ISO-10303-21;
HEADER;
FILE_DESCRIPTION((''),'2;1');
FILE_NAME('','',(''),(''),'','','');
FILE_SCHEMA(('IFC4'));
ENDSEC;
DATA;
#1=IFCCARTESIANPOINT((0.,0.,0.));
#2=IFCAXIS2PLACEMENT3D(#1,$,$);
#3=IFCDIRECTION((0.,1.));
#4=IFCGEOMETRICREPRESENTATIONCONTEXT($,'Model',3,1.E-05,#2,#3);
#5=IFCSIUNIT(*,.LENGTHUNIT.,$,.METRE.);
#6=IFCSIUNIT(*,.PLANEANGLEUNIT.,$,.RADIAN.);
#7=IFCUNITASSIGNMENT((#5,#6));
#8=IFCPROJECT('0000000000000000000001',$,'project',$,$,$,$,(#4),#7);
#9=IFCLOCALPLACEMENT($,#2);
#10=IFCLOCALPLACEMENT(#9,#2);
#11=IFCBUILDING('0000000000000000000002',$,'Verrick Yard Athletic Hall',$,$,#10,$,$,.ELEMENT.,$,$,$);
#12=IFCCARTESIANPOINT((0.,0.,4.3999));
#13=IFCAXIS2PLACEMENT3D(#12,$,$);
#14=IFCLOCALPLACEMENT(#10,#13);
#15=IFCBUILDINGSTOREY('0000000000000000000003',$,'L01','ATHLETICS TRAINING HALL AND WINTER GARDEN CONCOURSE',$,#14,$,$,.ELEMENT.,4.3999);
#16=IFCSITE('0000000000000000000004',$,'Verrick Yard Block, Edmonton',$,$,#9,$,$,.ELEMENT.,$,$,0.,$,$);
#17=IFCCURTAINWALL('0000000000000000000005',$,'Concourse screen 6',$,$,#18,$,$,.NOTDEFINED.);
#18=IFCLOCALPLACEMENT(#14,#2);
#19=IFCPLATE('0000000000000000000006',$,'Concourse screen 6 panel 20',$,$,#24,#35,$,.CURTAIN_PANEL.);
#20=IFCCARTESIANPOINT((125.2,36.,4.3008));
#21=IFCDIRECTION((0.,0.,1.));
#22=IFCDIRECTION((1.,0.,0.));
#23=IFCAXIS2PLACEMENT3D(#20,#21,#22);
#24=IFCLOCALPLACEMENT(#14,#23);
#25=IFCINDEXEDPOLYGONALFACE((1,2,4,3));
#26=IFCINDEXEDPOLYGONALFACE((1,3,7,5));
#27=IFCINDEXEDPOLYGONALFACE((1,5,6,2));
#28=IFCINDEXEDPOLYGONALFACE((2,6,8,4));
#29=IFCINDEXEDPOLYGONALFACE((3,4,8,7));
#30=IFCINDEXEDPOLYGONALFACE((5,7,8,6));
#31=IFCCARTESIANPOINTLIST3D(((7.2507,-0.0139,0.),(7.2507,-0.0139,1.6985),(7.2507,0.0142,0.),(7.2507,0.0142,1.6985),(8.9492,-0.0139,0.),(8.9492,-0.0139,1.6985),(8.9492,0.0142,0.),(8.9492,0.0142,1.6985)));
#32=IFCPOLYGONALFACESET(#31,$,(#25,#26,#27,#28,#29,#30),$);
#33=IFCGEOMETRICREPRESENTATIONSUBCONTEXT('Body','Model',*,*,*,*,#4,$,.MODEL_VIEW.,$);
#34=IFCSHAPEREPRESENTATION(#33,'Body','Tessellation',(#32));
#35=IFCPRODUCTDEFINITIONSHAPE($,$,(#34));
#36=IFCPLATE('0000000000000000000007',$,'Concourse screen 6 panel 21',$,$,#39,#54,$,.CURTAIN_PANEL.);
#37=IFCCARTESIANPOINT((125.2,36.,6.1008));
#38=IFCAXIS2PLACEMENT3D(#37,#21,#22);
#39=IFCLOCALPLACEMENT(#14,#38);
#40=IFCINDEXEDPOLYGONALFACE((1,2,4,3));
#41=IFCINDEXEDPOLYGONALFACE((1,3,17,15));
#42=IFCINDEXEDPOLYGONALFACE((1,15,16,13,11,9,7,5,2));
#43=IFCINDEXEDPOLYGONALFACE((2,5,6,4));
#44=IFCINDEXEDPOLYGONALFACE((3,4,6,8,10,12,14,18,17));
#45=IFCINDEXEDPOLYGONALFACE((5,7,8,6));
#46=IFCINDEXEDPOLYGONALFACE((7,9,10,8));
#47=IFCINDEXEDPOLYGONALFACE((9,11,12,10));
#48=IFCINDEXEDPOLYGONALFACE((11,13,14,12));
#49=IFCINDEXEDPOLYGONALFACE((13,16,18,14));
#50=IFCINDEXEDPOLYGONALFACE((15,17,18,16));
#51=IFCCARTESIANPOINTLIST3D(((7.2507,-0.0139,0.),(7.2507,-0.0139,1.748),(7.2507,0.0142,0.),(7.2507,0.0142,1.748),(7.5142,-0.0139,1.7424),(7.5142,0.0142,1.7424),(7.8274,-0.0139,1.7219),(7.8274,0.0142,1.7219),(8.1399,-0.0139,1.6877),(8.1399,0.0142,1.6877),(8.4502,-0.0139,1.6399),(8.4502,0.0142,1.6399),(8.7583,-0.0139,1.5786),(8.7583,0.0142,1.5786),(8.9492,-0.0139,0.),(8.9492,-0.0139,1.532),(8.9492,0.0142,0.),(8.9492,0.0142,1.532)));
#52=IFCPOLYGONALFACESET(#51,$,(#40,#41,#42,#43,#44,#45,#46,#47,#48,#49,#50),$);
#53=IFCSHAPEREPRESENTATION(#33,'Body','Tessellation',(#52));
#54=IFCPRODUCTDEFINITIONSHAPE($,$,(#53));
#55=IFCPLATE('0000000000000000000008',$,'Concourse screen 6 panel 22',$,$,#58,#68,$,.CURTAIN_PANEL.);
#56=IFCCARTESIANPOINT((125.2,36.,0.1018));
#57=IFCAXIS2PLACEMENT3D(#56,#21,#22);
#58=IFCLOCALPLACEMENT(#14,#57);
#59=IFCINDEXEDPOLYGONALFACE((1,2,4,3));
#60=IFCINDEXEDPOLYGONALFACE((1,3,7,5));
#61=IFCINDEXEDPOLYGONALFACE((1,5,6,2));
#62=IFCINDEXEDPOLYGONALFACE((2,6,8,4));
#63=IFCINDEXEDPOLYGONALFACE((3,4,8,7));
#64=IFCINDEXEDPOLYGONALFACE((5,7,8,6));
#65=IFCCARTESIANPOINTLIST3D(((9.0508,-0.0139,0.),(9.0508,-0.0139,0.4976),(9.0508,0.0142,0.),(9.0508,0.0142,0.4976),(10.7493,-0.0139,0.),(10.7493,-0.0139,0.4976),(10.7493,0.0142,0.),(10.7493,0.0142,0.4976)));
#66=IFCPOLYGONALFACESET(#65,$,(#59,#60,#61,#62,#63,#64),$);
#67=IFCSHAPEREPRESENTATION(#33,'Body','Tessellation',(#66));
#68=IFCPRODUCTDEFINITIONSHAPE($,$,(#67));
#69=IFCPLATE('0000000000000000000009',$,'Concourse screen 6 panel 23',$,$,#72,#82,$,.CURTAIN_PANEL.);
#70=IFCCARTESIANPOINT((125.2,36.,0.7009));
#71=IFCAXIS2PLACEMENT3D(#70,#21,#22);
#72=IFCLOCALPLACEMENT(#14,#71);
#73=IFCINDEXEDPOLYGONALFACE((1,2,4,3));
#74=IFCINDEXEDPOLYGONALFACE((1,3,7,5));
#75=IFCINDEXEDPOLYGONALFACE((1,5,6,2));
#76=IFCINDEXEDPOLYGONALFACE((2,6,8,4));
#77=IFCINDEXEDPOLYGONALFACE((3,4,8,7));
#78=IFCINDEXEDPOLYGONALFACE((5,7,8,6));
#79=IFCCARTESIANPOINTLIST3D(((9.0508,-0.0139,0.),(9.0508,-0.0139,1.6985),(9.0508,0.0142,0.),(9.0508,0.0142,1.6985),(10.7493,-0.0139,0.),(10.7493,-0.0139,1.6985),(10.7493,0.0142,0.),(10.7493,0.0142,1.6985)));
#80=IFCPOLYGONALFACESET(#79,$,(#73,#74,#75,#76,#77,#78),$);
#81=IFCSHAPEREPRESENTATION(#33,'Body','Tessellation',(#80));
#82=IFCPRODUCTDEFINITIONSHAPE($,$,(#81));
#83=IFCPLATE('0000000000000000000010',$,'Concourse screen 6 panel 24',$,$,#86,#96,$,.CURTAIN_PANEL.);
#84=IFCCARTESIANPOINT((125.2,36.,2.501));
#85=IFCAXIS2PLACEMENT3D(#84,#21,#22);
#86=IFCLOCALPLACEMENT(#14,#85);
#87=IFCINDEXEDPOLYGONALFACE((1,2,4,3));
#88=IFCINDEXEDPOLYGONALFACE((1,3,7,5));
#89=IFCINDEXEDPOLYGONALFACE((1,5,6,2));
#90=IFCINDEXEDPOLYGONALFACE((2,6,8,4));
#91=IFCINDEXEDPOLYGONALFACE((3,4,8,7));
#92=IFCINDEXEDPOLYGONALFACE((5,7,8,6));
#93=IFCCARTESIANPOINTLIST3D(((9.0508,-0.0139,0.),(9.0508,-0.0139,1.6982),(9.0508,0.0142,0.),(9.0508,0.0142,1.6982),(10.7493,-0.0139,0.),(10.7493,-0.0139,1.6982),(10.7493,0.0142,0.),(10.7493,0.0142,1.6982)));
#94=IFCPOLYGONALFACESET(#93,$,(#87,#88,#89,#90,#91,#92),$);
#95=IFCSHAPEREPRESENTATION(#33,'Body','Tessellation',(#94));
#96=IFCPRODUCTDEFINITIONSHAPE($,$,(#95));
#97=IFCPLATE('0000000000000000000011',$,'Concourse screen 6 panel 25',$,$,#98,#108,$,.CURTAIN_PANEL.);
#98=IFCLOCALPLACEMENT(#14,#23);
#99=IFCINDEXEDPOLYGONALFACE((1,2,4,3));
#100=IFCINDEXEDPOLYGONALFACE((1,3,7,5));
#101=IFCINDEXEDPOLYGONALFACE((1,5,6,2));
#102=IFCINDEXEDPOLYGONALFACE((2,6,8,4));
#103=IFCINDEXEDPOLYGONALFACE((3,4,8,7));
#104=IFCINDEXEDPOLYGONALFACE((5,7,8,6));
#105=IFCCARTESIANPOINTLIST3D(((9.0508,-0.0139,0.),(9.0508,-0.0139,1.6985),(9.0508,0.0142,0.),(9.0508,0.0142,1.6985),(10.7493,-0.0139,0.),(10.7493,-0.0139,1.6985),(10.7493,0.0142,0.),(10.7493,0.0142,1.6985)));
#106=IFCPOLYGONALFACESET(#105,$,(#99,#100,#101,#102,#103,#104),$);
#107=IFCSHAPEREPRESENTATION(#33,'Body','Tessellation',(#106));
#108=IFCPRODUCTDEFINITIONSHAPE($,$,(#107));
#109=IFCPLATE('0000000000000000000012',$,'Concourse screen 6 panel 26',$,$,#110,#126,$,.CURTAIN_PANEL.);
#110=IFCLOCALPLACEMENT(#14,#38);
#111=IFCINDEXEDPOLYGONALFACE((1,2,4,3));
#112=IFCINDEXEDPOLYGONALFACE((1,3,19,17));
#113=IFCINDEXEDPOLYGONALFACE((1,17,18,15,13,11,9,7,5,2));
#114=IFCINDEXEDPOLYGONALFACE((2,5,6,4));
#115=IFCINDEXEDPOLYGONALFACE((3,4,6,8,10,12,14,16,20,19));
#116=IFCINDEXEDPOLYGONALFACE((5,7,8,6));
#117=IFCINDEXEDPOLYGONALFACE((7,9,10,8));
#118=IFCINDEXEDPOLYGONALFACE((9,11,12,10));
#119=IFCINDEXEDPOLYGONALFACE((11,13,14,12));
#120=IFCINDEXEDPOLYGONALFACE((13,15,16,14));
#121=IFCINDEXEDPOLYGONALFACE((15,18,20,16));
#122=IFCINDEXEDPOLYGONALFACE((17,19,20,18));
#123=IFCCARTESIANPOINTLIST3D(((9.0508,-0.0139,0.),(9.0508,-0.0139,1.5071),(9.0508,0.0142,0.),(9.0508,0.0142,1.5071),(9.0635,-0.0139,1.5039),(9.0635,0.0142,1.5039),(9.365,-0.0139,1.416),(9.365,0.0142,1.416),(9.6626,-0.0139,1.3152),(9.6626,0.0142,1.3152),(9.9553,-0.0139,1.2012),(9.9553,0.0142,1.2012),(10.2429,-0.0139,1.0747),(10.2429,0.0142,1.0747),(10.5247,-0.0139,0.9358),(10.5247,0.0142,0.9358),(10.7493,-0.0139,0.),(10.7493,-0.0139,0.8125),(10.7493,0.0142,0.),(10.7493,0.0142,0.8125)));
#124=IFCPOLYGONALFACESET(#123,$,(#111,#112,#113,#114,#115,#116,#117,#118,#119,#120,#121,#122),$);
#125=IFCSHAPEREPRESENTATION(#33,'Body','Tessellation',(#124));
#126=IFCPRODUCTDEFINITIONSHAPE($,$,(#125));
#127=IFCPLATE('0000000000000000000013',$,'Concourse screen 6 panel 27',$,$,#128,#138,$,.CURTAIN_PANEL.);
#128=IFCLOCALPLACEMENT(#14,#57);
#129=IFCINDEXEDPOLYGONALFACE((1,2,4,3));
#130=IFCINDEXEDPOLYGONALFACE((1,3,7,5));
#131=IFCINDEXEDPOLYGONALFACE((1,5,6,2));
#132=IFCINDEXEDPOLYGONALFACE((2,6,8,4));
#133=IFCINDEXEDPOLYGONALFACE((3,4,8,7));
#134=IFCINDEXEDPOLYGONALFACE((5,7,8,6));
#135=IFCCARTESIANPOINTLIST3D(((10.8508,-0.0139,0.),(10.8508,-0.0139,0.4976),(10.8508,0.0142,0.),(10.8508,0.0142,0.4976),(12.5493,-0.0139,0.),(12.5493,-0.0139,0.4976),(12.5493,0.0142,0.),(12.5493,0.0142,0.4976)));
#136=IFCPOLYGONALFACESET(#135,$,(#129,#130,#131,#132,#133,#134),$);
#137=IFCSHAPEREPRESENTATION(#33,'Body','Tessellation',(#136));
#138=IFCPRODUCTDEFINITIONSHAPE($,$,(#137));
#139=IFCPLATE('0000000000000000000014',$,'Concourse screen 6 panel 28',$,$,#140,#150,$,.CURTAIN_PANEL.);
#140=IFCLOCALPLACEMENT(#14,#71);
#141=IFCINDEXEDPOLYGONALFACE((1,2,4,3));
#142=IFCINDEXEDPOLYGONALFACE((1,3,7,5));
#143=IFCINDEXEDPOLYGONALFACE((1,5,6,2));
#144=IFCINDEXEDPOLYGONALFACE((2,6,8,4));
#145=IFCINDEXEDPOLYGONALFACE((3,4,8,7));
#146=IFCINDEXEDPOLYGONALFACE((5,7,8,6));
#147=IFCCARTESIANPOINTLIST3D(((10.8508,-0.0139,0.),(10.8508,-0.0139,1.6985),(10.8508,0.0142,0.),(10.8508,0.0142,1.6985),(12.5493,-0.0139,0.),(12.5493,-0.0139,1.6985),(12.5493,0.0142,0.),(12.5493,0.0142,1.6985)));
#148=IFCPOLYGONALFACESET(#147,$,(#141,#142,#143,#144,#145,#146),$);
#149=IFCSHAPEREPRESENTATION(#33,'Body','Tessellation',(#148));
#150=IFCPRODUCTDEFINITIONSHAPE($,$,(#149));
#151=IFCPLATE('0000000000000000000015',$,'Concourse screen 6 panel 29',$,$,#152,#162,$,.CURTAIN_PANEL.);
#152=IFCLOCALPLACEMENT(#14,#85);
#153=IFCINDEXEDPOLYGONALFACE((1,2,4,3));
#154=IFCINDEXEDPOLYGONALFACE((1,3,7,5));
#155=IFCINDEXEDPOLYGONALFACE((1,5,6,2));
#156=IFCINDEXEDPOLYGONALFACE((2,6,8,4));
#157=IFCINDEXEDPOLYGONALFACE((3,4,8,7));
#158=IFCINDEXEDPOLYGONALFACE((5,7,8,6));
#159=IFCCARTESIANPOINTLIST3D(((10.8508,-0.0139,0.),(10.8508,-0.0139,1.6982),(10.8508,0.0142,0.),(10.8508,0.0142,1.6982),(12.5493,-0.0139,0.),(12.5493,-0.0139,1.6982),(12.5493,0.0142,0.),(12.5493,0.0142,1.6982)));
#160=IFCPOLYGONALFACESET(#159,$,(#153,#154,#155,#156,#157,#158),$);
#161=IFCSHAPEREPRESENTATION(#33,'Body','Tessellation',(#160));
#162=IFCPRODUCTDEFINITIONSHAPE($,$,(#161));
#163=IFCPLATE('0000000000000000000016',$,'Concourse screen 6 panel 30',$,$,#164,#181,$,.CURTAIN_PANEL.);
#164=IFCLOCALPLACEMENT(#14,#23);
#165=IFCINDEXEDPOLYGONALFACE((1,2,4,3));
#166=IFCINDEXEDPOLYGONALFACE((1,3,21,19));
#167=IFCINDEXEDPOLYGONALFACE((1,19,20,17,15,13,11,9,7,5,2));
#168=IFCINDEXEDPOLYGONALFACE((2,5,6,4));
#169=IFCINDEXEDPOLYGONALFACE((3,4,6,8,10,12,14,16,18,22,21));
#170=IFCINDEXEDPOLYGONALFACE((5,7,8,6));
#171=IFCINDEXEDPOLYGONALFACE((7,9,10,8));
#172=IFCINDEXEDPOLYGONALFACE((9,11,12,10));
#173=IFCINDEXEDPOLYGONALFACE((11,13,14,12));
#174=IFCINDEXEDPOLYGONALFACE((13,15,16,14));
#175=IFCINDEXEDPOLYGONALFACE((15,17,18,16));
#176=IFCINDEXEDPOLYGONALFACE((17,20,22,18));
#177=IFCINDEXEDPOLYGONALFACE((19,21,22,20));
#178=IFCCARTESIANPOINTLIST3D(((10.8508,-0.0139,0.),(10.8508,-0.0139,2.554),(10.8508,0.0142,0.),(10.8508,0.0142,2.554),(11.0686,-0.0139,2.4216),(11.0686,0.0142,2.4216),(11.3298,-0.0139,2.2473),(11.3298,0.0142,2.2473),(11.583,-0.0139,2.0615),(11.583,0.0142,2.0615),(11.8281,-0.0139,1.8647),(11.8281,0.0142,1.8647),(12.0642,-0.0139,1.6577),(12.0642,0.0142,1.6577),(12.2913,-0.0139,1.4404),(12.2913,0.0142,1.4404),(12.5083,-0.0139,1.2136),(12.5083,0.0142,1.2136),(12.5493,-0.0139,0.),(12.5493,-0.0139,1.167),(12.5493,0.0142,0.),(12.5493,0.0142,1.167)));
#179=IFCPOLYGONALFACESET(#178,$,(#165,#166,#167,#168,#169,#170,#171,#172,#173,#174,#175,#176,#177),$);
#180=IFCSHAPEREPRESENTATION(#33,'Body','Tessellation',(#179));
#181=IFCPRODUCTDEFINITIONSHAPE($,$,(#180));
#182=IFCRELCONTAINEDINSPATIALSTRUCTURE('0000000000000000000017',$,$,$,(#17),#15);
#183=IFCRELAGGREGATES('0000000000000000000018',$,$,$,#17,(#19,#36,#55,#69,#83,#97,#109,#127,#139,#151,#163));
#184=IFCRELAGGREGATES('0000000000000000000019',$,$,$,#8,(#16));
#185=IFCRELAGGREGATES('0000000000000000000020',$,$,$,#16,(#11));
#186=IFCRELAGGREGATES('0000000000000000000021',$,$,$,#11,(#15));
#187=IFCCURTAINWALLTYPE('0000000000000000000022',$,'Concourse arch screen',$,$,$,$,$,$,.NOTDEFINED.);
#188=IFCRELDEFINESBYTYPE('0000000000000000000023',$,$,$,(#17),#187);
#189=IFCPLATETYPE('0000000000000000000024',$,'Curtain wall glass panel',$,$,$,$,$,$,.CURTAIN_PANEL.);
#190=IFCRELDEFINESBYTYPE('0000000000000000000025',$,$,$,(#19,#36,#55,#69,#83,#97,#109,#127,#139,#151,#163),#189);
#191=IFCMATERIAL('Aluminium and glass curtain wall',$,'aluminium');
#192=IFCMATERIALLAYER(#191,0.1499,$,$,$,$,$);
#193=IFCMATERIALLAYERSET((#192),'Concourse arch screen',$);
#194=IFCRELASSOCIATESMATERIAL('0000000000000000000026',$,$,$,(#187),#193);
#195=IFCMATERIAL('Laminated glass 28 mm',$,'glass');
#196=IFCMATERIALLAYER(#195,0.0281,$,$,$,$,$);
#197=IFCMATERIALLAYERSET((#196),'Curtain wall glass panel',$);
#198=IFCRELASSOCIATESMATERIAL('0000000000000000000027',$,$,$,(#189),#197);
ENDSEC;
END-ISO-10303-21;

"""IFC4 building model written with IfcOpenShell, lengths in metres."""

from ifc_helpers import new_model, si_unit, direction, frame, origin, place, context, subcontext, project, spatial, polyline, outline, extrude, material, layer, layer_set, type_object, element, aggregate, save


model = new_model("IFC4")

# Units and contexts
model_context = context("Model", 3, precision=1e-05, world=origin(), true_north=direction((0.0, 1.0)))
body_context = subcontext(model_context, "Body", "Model", "MODEL_VIEW")
ifc_project = project(units=[si_unit("LENGTHUNIT", "METRE"), si_unit("PLANEANGLEUNIT", "RADIAN")], contexts=[model_context])

# Site, building, storey
site_placement = place(None, origin())
site = spatial("IfcSite", under=ifc_project, at=site_placement, Name="Verrick Yard Block, Edmonton", CompositionType="ELEMENT", RefElevation=0.0)
building_placement = place(site_placement, origin())
building = spatial("IfcBuilding", under=site, at=building_placement, Name="Verrick Yard Athletic Hall", CompositionType="ELEMENT")
storey_placement = place(building_placement, frame((0.0, 0.0, 4.3999)))
storey = spatial("IfcBuildingStorey", under=building, at=storey_placement, Name="L01", Description="ATHLETICS TRAINING HALL AND WINTER GARDEN CONCOURSE", CompositionType="ELEMENT", Elevation=4.3999)

# Curtain wall, plates
ifc_material_1 = material(Name="Aluminium and glass curtain wall", Category="aluminium")
ifc_layer_1 = layer(ifc_material_1, 0.1499)
ifc_layer_set_1 = layer_set([ifc_layer_1], Name="Concourse arch screen")
curtain_wall_type = type_object("IfcCurtainWallType", Name="Concourse arch screen", PredefinedType="NOTDEFINED", material=ifc_layer_set_1)
curtain_wall_placement = place(storey_placement, origin())
curtain_wall = element("IfcCurtainWall", 1, at=curtain_wall_placement, inside=storey, type_object=curtain_wall_type, Name="Concourse screen 6", PredefinedType="NOTDEFINED")
ifc_material_2 = material(Name="Laminated glass 28 mm", Category="glass")
ifc_layer_2 = layer(ifc_material_2, 0.0281)
ifc_layer_set_2 = layer_set([ifc_layer_2], Name="Curtain wall glass panel")
plate_type = type_object("IfcPlateType", Name="Curtain wall glass panel", PredefinedType="CURTAIN_PANEL", material=ifc_layer_set_2)
plate_1_placement = place(storey_placement, frame((125.2, 36.0, 4.3008), z_axis=(0.0, 0.0, 1.0), x_axis=(1.0, 0.0, 0.0)))
plate_1 = element("IfcPlate", 2, at=plate_1_placement, type_object=plate_type, Name="Concourse screen 6 panel 20", PredefinedType="CURTAIN_PANEL", context=body_context, shape_type="SweptSolid", body=[
    extrude(outline(polyline([(8.9492, 0.0), (8.9492, 1.6985), (7.2507, 1.6985), (7.2507, 0.0), (8.9492, 0.0)])), frame((0.0, 0.0142, 0.0), z_axis=(0.0, -1.0, 0.0), x_axis=(1.0, 0.0, 0.0)), (0.0, 0.0, 1.0), 0.0281),
])
plate_2_placement = place(storey_placement, frame((125.2, 36.0, 6.1008), z_axis=(0.0, 0.0, 1.0), x_axis=(1.0, 0.0, 0.0)))
plate_2 = element("IfcPlate", 3, at=plate_2_placement, type_object=plate_type, Name="Concourse screen 6 panel 21", PredefinedType="CURTAIN_PANEL", context=body_context, shape_type="SweptSolid", body=[
    extrude(outline(polyline([(8.9492, 1.532), (8.7583, 1.5786), (8.4502, 1.6399), (8.1399, 1.6877), (7.8274, 1.7219), (7.5142, 1.7424), (7.2507, 1.748), (7.2507, 0.0), (8.9492, 0.0), (8.9492, 1.532)])), frame((0.0, 0.0142, 0.0), z_axis=(0.0, -1.0, 0.0), x_axis=(1.0, 0.0, 0.0)), (0.0, 0.0, 1.0), 0.0281),
])
plate_3_placement = place(storey_placement, frame((125.2, 36.0, 0.1018), z_axis=(0.0, 0.0, 1.0), x_axis=(1.0, 0.0, 0.0)))
plate_3 = element("IfcPlate", 4, at=plate_3_placement, type_object=plate_type, Name="Concourse screen 6 panel 22", PredefinedType="CURTAIN_PANEL", context=body_context, shape_type="SweptSolid", body=[
    extrude(outline(polyline([(10.7493, 0.0), (10.7493, 0.4976), (9.0508, 0.4976), (9.0508, 0.0), (10.7493, 0.0)])), frame((0.0, 0.0142, 0.0), z_axis=(0.0, -1.0, 0.0), x_axis=(1.0, 0.0, 0.0)), (0.0, 0.0, 1.0), 0.0281),
])
plate_4_placement = place(storey_placement, frame((125.2, 36.0, 0.7009), z_axis=(0.0, 0.0, 1.0), x_axis=(1.0, 0.0, 0.0)))
plate_4 = element("IfcPlate", 5, at=plate_4_placement, type_object=plate_type, Name="Concourse screen 6 panel 23", PredefinedType="CURTAIN_PANEL", context=body_context, shape_type="SweptSolid", body=[
    extrude(outline(polyline([(10.7493, 0.0), (10.7493, 1.6985), (9.0508, 1.6985), (9.0508, 0.0), (10.7493, 0.0)])), frame((0.0, 0.0142, 0.0), z_axis=(0.0, -1.0, 0.0), x_axis=(1.0, 0.0, 0.0)), (0.0, 0.0, 1.0), 0.0281),
])
plate_5_placement = place(storey_placement, frame((125.2, 36.0, 2.501), z_axis=(0.0, 0.0, 1.0), x_axis=(1.0, 0.0, 0.0)))
plate_5 = element("IfcPlate", 6, at=plate_5_placement, type_object=plate_type, Name="Concourse screen 6 panel 24", PredefinedType="CURTAIN_PANEL", context=body_context, shape_type="SweptSolid", body=[
    extrude(outline(polyline([(10.7493, 0.0), (10.7493, 1.6982), (9.0508, 1.6982), (9.0508, 0.0), (10.7493, 0.0)])), frame((0.0, 0.0142, 0.0), z_axis=(0.0, -1.0, 0.0), x_axis=(1.0, 0.0, 0.0)), (0.0, 0.0, 1.0), 0.0281),
])
plate_6_placement = place(storey_placement, frame((125.2, 36.0, 4.3008), z_axis=(0.0, 0.0, 1.0), x_axis=(1.0, 0.0, 0.0)))
plate_6 = element("IfcPlate", 7, at=plate_6_placement, type_object=plate_type, Name="Concourse screen 6 panel 25", PredefinedType="CURTAIN_PANEL", context=body_context, shape_type="SweptSolid", body=[
    extrude(outline(polyline([(10.7493, 0.0), (10.7493, 1.6985), (9.0508, 1.6985), (9.0508, 0.0), (10.7493, 0.0)])), frame((0.0, 0.0142, 0.0), z_axis=(0.0, -1.0, 0.0), x_axis=(1.0, 0.0, 0.0)), (0.0, 0.0, 1.0), 0.0281),
])
plate_7_placement = place(storey_placement, frame((125.2, 36.0, 6.1008), z_axis=(0.0, 0.0, 1.0), x_axis=(1.0, 0.0, 0.0)))
plate_7 = element("IfcPlate", 8, at=plate_7_placement, type_object=plate_type, Name="Concourse screen 6 panel 26", PredefinedType="CURTAIN_PANEL", context=body_context, shape_type="SweptSolid", body=[
    extrude(outline(polyline([(10.7493, 0.8125), (10.5247, 0.9358), (10.2429, 1.0747), (9.9553, 1.2012), (9.6626, 1.3152), (9.365, 1.416), (9.0635, 1.5039), (9.0508, 1.5071), (9.0508, 0.0), (10.7493, 0.0), (10.7493, 0.8125)])), frame((0.0, 0.0142, 0.0), z_axis=(0.0, -1.0, 0.0), x_axis=(1.0, 0.0, 0.0)), (0.0, 0.0, 1.0), 0.0281),
])
plate_8_placement = place(storey_placement, frame((125.2, 36.0, 0.1018), z_axis=(0.0, 0.0, 1.0), x_axis=(1.0, 0.0, 0.0)))
plate_8 = element("IfcPlate", 9, at=plate_8_placement, type_object=plate_type, Name="Concourse screen 6 panel 27", PredefinedType="CURTAIN_PANEL", context=body_context, shape_type="SweptSolid", body=[
    extrude(outline(polyline([(12.5493, 0.0), (12.5493, 0.4976), (10.8508, 0.4976), (10.8508, 0.0), (12.5493, 0.0)])), frame((0.0, 0.0142, 0.0), z_axis=(0.0, -1.0, 0.0), x_axis=(1.0, 0.0, 0.0)), (0.0, 0.0, 1.0), 0.0281),
])
plate_9_placement = place(storey_placement, frame((125.2, 36.0, 0.7009), z_axis=(0.0, 0.0, 1.0), x_axis=(1.0, 0.0, 0.0)))
plate_9 = element("IfcPlate", 10, at=plate_9_placement, type_object=plate_type, Name="Concourse screen 6 panel 28", PredefinedType="CURTAIN_PANEL", context=body_context, shape_type="SweptSolid", body=[
    extrude(outline(polyline([(12.5493, 0.0), (12.5493, 1.6985), (10.8508, 1.6985), (10.8508, 0.0), (12.5493, 0.0)])), frame((0.0, 0.0142, 0.0), z_axis=(0.0, -1.0, 0.0), x_axis=(1.0, 0.0, 0.0)), (0.0, 0.0, 1.0), 0.0281),
])
plate_10_placement = place(storey_placement, frame((125.2, 36.0, 2.501), z_axis=(0.0, 0.0, 1.0), x_axis=(1.0, 0.0, 0.0)))
plate_10 = element("IfcPlate", 11, at=plate_10_placement, type_object=plate_type, Name="Concourse screen 6 panel 29", PredefinedType="CURTAIN_PANEL", context=body_context, shape_type="SweptSolid", body=[
    extrude(outline(polyline([(12.5493, 0.0), (12.5493, 1.6982), (10.8508, 1.6982), (10.8508, 0.0), (12.5493, 0.0)])), frame((0.0, 0.0142, 0.0), z_axis=(0.0, -1.0, 0.0), x_axis=(1.0, 0.0, 0.0)), (0.0, 0.0, 1.0), 0.0281),
])
plate_11_placement = place(storey_placement, frame((125.2, 36.0, 4.3008), z_axis=(0.0, 0.0, 1.0), x_axis=(1.0, 0.0, 0.0)))
plate_11 = element("IfcPlate", 12, at=plate_11_placement, type_object=plate_type, Name="Concourse screen 6 panel 30", PredefinedType="CURTAIN_PANEL", context=body_context, shape_type="SweptSolid", body=[
    extrude(outline(polyline([(12.5493, 1.167), (12.5083, 1.2136), (12.2913, 1.4404), (12.0642, 1.6577), (11.8281, 1.8647), (11.583, 2.0615), (11.3298, 2.2473), (11.0686, 2.4216), (10.8508, 2.554), (10.8508, 0.0), (12.5493, 0.0), (12.5493, 1.167)])), frame((0.0, 0.0142, 0.0), z_axis=(0.0, -1.0, 0.0), x_axis=(1.0, 0.0, 0.0)), (0.0, 0.0, 1.0), 0.0281),
])
aggregate(curtain_wall, [plate_1, plate_2, plate_3, plate_4, plate_5, plate_6, plate_7, plate_8, plate_9, plate_10, plate_11])

save(model, "model.ifc")
